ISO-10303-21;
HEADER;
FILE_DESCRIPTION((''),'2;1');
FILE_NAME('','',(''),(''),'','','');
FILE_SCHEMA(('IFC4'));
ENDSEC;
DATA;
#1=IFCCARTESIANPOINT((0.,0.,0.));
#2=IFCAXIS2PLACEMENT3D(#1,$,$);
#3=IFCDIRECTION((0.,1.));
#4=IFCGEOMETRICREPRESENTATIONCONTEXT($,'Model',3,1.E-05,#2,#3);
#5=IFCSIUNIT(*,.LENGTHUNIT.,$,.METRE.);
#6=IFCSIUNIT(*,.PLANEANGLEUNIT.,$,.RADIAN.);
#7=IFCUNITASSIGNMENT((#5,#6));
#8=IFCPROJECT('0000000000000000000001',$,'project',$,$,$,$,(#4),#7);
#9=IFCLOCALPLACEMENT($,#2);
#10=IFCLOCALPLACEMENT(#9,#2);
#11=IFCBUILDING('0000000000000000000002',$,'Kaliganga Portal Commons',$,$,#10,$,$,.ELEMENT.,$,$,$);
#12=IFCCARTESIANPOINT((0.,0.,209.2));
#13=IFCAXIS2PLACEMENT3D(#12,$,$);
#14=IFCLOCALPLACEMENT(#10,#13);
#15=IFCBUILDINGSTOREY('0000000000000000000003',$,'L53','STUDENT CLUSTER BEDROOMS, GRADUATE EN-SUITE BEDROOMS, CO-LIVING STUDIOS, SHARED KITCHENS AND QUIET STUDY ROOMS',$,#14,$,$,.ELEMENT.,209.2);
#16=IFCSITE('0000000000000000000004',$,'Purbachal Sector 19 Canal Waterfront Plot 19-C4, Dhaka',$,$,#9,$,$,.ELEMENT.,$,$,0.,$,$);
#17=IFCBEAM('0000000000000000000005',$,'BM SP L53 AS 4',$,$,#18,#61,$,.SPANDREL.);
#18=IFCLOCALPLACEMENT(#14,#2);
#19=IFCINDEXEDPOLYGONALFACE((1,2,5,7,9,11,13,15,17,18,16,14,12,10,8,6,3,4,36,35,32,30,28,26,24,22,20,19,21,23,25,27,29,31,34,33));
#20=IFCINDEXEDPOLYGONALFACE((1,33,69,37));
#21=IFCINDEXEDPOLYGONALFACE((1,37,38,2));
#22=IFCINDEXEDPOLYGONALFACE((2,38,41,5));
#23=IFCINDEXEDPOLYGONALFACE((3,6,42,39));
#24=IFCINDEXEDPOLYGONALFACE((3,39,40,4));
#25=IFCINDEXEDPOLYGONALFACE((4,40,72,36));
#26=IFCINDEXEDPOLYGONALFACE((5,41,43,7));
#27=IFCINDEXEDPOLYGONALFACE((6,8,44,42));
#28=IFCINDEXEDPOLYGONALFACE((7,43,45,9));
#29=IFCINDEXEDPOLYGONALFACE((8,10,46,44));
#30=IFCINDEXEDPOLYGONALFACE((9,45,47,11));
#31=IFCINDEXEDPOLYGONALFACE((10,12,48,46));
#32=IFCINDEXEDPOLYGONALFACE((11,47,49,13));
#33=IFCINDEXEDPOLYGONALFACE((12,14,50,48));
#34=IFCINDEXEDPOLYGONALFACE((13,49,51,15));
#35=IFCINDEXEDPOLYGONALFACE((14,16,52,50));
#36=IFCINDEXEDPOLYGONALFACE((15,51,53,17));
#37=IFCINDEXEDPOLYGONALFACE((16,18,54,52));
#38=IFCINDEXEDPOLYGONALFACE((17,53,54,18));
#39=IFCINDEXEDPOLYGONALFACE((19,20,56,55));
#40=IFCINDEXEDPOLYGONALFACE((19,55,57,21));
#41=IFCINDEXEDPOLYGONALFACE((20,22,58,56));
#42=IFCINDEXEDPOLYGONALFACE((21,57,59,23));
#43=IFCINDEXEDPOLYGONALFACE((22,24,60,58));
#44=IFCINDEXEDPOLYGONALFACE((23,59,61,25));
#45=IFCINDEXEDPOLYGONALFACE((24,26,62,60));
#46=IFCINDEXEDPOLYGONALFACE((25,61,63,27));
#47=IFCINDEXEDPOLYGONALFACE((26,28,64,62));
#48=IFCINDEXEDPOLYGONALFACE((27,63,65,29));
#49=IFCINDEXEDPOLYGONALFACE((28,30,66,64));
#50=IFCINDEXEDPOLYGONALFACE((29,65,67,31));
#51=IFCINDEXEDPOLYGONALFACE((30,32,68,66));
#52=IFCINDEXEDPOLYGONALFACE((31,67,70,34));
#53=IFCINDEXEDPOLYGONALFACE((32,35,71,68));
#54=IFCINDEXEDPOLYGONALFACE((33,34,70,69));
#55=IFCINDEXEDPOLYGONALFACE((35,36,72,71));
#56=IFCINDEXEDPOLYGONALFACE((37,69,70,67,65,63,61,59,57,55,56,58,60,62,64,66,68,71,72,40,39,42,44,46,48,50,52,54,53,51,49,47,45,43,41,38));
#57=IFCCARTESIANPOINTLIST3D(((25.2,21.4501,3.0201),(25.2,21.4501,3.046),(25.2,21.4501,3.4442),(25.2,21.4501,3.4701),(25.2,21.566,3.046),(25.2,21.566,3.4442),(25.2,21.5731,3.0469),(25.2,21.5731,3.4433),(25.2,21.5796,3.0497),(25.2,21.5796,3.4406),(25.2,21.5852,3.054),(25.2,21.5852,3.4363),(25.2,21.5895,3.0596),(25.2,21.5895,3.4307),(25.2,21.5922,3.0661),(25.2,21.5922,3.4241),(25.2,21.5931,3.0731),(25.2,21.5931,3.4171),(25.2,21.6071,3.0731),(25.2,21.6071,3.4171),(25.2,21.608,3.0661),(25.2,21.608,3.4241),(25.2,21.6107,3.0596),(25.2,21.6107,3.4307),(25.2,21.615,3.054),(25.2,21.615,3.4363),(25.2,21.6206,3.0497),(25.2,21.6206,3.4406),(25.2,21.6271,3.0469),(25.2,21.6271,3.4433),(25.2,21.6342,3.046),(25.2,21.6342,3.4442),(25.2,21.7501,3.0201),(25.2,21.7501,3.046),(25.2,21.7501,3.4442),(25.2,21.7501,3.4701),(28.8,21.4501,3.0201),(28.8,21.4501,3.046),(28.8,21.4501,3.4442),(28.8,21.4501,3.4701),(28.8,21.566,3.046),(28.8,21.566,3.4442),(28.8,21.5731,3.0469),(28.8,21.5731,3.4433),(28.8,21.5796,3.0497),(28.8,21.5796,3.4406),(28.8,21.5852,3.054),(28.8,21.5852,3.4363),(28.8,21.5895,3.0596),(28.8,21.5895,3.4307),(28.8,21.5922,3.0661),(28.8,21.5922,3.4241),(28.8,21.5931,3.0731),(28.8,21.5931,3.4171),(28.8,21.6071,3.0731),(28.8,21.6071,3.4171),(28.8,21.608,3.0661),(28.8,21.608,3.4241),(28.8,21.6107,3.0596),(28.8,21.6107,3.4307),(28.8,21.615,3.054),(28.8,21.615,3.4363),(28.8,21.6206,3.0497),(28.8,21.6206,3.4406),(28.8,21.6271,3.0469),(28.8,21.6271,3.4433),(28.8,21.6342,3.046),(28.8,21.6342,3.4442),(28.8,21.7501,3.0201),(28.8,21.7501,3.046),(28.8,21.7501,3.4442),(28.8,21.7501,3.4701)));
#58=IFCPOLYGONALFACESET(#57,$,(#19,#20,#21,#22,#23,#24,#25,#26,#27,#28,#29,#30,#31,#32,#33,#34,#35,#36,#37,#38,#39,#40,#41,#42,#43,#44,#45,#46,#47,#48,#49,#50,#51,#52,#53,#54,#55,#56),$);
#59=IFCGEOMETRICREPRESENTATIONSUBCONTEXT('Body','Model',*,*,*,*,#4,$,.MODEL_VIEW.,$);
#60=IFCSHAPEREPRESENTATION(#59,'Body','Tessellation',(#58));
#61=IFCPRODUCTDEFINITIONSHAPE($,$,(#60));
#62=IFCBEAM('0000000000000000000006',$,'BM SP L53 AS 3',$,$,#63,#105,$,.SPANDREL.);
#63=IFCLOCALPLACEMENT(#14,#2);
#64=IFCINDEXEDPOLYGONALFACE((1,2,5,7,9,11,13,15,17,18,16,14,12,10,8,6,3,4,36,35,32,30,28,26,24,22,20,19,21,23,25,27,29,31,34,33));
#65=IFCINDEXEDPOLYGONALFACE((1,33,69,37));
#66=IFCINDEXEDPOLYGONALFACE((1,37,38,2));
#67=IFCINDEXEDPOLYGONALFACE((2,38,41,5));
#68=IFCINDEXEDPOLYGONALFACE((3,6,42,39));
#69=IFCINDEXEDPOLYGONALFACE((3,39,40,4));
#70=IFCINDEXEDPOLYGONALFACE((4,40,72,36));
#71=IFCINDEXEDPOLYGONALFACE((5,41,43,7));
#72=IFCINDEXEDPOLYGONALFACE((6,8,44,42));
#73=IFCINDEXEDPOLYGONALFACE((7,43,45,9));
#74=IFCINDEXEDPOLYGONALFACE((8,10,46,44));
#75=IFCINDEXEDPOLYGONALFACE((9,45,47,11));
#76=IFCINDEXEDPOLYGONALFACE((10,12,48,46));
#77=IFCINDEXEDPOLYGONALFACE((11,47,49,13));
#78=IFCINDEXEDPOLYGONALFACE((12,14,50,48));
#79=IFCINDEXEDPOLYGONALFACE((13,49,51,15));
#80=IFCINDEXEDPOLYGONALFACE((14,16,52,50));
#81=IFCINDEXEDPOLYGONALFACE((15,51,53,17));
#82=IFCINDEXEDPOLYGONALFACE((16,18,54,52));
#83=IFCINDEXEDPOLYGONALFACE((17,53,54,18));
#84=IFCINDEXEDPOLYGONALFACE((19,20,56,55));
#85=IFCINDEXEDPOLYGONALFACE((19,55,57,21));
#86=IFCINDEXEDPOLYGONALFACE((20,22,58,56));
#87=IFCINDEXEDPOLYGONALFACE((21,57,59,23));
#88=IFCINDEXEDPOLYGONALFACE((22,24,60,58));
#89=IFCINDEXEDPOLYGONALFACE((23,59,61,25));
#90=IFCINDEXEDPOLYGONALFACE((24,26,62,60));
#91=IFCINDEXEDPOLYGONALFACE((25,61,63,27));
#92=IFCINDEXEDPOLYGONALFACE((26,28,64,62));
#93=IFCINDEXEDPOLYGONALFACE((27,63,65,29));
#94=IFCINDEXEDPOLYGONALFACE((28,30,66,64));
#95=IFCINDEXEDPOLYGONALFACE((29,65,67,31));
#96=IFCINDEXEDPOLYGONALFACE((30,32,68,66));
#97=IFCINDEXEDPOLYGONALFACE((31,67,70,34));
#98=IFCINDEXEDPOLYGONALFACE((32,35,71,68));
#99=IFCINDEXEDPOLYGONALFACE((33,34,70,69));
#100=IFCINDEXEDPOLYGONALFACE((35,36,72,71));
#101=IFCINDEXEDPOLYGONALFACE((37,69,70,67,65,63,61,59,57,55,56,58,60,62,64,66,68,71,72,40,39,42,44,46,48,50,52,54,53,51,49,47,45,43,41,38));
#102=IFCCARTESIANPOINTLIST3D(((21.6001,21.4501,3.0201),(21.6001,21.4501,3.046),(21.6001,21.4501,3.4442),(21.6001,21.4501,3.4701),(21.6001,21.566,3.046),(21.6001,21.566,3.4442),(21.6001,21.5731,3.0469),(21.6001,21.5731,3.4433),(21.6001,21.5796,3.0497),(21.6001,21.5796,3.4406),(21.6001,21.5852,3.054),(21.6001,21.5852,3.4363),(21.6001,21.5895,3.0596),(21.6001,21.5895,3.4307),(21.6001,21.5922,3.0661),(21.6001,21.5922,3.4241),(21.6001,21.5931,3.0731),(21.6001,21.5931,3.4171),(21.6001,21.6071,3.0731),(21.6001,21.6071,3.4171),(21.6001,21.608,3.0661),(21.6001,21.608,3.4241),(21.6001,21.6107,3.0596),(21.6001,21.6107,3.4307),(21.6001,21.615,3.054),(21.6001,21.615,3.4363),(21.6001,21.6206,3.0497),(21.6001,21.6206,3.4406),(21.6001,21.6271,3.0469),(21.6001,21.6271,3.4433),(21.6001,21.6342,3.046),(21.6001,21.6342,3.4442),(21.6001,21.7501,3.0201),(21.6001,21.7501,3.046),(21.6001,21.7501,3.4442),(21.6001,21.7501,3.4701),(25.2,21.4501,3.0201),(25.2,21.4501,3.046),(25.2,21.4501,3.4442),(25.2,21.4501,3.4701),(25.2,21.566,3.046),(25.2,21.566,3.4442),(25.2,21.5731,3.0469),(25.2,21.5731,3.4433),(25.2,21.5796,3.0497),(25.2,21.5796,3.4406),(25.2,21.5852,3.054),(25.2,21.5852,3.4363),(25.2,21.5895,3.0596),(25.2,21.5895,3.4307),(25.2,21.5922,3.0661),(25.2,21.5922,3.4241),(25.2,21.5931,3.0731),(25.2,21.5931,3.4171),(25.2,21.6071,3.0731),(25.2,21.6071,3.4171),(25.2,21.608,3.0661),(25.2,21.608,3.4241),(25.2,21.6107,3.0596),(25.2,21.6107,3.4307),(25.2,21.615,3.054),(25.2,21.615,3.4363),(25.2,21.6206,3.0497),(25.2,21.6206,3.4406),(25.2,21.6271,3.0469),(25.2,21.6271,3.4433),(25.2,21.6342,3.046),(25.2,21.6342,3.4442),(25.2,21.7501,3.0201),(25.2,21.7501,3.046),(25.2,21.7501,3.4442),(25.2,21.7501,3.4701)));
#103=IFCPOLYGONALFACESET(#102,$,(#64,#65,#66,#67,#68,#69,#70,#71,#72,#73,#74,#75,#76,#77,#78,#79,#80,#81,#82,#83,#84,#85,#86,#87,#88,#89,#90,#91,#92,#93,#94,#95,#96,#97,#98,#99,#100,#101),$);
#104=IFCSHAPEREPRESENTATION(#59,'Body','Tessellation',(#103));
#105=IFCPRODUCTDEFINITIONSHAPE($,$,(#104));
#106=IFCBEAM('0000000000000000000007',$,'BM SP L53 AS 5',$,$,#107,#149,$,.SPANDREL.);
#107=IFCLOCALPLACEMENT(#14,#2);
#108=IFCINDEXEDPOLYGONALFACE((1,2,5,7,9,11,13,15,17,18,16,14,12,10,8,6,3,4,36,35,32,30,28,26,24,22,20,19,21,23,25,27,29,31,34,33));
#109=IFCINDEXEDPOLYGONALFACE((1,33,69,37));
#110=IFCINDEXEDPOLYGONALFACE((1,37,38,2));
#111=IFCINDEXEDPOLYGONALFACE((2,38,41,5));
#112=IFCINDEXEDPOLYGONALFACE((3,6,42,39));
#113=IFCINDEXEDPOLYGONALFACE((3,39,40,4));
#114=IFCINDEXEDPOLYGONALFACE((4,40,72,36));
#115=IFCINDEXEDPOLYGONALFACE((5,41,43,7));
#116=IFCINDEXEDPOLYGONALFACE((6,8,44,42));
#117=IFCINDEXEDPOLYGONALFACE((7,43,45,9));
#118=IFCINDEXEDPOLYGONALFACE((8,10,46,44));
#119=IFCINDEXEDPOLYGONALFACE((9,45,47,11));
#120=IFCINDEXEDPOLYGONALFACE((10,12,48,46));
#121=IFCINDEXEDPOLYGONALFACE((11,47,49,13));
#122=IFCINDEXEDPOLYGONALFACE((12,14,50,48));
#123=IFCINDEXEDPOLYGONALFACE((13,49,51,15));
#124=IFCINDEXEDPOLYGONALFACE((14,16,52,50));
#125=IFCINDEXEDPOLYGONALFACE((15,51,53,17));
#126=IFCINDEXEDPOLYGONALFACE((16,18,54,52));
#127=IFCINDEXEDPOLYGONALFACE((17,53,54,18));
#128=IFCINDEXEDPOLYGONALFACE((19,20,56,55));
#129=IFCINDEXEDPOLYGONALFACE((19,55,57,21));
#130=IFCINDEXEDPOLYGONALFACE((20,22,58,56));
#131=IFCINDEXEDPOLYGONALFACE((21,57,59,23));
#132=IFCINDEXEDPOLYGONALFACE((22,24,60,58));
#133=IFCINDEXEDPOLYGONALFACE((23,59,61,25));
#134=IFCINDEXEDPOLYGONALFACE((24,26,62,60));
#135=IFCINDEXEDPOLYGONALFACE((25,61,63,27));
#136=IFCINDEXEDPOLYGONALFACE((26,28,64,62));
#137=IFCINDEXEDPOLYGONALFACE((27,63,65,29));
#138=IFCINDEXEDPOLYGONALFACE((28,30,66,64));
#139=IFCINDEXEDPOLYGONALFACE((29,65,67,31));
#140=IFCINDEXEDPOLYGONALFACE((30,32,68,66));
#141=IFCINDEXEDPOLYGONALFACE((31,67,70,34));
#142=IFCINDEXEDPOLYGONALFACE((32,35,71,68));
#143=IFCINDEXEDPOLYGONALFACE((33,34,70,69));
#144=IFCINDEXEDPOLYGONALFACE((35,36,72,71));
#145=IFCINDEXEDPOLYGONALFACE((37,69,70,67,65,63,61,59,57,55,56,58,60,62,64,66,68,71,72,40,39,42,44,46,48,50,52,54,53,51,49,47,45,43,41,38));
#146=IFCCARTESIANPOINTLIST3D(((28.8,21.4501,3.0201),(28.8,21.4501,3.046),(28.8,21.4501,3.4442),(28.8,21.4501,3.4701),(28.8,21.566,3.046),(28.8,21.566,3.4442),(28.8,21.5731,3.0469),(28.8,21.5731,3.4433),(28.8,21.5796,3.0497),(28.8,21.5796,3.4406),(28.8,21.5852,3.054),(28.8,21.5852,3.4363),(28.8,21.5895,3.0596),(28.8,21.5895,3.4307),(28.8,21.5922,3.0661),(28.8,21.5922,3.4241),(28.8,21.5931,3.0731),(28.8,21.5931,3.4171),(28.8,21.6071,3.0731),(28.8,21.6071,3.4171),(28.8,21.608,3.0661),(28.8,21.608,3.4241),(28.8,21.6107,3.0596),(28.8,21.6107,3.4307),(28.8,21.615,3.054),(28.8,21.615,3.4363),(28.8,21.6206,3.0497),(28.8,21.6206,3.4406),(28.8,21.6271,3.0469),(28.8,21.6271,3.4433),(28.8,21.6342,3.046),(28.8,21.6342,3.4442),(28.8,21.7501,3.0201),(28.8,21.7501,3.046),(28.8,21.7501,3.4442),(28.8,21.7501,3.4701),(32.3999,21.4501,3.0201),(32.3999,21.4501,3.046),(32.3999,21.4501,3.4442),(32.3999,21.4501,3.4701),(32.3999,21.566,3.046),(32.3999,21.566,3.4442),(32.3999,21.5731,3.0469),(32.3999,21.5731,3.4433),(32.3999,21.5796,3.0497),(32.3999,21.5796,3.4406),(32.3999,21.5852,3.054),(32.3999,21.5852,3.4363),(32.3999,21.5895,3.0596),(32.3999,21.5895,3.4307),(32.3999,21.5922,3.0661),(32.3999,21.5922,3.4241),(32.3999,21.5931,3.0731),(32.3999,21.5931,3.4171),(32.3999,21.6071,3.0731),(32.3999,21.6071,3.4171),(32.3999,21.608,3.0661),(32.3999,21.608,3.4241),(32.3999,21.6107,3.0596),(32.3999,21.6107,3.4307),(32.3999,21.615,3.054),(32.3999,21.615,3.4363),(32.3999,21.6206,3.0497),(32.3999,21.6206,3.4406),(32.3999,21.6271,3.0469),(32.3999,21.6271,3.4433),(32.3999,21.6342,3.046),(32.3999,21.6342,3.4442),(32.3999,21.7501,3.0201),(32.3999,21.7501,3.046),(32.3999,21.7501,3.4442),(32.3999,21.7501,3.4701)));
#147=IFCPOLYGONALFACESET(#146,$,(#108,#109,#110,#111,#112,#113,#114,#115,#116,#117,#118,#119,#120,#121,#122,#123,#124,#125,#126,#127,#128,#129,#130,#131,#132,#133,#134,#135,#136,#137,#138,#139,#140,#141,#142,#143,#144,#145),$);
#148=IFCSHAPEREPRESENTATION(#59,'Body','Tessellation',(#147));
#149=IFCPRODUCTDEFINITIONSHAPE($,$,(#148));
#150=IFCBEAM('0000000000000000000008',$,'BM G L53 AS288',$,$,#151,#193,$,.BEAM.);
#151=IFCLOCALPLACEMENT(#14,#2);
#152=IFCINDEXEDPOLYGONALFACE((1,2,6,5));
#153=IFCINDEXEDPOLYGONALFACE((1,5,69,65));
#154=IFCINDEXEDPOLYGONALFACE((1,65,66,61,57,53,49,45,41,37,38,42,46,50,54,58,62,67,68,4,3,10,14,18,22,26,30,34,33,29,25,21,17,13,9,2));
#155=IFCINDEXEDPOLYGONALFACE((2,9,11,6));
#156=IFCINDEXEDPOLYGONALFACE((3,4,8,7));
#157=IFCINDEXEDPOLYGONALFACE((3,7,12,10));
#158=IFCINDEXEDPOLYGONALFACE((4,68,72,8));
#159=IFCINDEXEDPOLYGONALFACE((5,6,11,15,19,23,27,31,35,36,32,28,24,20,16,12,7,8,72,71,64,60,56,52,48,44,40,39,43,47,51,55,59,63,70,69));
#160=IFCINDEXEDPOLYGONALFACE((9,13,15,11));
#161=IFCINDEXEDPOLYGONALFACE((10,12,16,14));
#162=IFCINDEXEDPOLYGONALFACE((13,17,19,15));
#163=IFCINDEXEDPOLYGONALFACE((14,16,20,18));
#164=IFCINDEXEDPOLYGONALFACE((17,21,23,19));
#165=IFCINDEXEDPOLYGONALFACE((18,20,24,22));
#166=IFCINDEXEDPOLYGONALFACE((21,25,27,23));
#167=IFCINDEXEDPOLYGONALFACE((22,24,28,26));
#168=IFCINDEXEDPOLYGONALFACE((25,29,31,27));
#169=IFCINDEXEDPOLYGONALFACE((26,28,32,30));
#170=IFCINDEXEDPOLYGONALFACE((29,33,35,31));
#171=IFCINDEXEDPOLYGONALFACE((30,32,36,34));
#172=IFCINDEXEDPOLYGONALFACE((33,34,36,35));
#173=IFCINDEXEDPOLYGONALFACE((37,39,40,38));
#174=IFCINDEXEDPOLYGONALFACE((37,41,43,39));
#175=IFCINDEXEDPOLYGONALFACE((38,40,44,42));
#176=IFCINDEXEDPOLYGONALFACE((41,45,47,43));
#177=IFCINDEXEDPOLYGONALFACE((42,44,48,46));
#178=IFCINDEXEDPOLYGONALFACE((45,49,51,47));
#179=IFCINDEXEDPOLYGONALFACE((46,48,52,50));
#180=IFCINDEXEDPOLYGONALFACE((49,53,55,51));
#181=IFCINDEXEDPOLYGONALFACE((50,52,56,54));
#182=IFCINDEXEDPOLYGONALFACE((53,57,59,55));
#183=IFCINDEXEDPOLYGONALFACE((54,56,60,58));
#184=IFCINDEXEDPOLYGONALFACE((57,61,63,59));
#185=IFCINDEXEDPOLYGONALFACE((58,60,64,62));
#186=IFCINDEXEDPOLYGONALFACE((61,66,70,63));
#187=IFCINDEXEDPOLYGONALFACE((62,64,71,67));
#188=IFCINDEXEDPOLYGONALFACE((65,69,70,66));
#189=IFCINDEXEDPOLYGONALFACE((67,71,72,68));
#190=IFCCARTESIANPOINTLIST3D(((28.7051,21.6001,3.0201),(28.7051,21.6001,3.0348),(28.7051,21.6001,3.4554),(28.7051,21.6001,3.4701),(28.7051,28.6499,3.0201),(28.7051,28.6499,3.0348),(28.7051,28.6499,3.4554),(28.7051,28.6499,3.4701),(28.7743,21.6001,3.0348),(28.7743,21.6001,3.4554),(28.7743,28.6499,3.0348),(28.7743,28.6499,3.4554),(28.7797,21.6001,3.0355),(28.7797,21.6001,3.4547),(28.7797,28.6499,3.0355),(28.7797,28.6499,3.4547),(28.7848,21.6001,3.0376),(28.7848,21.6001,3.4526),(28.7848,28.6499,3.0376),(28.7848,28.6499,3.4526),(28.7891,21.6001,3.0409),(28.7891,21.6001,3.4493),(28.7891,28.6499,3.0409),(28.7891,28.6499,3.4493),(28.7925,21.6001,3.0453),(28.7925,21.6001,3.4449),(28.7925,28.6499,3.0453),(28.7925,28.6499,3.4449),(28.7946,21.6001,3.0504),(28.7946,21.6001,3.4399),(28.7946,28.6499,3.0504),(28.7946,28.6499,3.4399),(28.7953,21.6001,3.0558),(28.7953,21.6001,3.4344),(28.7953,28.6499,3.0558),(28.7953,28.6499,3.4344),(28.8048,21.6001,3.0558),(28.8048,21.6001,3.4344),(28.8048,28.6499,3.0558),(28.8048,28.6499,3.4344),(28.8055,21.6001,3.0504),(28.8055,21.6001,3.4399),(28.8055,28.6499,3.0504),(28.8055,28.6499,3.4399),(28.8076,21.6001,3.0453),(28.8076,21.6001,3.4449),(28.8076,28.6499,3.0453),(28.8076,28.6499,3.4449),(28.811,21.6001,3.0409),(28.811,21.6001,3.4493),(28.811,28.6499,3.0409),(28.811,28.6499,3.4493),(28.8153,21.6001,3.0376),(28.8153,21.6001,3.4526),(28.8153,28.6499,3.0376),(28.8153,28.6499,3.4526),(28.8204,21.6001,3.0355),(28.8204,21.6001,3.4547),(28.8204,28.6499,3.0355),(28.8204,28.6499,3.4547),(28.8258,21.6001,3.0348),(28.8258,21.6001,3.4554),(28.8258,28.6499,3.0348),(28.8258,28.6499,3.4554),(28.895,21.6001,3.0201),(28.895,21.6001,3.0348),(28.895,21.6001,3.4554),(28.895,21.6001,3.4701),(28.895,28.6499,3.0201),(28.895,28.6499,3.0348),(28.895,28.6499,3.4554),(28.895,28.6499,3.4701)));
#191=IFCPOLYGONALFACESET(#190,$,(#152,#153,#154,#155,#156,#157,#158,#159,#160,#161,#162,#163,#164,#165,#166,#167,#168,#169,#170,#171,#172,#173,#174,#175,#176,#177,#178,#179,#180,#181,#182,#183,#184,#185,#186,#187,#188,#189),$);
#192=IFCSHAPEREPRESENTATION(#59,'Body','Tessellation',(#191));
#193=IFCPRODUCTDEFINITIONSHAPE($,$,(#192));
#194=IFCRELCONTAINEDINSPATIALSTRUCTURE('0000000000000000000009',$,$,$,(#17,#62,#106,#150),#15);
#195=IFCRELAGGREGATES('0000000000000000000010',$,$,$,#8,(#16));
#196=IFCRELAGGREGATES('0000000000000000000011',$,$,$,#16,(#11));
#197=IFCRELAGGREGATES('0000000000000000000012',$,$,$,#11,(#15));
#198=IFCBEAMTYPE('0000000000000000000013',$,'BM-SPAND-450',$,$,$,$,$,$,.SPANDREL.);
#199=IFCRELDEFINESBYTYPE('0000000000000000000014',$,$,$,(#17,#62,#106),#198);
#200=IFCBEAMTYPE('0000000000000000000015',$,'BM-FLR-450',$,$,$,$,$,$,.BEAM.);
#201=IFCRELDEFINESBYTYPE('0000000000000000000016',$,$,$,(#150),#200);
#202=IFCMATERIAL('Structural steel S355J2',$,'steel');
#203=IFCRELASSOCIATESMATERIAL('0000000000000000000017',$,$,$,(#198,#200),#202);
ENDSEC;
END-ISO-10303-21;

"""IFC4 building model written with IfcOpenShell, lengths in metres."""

from ifc_helpers import new_model, si_unit, direction, frame, origin, origin_2d, place, context, subcontext, project, spatial, i_section, extrude, source, transform, mapped, material, material_profile, profile_set, type_object, element, save


model = new_model("IFC4")

# Units and contexts
model_context = context("Model", 3, precision=1e-05, world=origin(), true_north=direction((0.0, 1.0)))
body_context = subcontext(model_context, "Body", "Model", "MODEL_VIEW")
ifc_project = project(units=[si_unit("LENGTHUNIT", "METRE"), si_unit("PLANEANGLEUNIT", "RADIAN")], contexts=[model_context])

# Site, building, storey
site_placement = place(None, origin())
site = spatial("IfcSite", under=ifc_project, at=site_placement, Name="Purbachal Sector 19 Canal Waterfront Plot 19-C4, Dhaka", CompositionType="ELEMENT", RefElevation=0.0)
building_placement = place(site_placement, origin())
building = spatial("IfcBuilding", under=site, at=building_placement, Name="Kaliganga Portal Commons", CompositionType="ELEMENT")
storey_placement = place(building_placement, frame((0.0, 0.0, 209.2)))
storey = spatial("IfcBuildingStorey", under=building, at=storey_placement, Name="L53", Description="STUDENT CLUSTER BEDROOMS, GRADUATE EN-SUITE BEDROOMS, CO-LIVING STUDIOS, SHARED KITCHENS AND QUIET STUDY ROOMS", CompositionType="ELEMENT", Elevation=209.2)

# Shared definitions
ifc_material_1 = material(Name="Structural steel S355J2", Category="steel")

# Beams
ifc_material_profile_1 = material_profile(ifc_material_1, i_section(OverallWidth=0.3, OverallDepth=0.45, WebThickness=0.0139, FlangeThickness=0.0259, FilletRadius=0.0271, at=origin_2d()), Name="HE 450 B")
ifc_profile_set_1 = profile_set([ifc_material_profile_1], Name="Structural steel S355J2 wide-flange")
beam_type_1 = type_object("IfcBeamType", Name="BM-SPAND-450", PredefinedType="SPANDREL", material=ifc_profile_set_1)
shared_shape_1 = source(origin(), body_context, "Body", "SweptSolid", [
    extrude(i_section(OverallWidth=0.3, OverallDepth=0.45, WebThickness=0.0139, FlangeThickness=0.0259, FilletRadius=0.0271, at=origin_2d()), origin(), (0.0, 0.0, 1.0), 3.6001),
])
for number, where, z_axis, x_axis, name in (
    (1, (25.2, 21.6001, 3.2451), (1.0, 0.0, 0.0), (0.0, 1.0, 0.0), "BM SP L53 AS 4"),
):
    element("IfcBeam", number, at=place(storey_placement, frame(where, z_axis=z_axis, x_axis=x_axis)), inside=storey, type_object=beam_type_1, Name=name, PredefinedType="SPANDREL", context=body_context, shape_type="MappedRepresentation", body=[
        mapped(shared_shape_1, transform((0.0, 0.0, 0.0), x_axis=(1.0, 0.0, 0.0), y_axis=(0.0, 1.0, 0.0), z_axis=(0.0, 0.0, 1.0), scale=1.0)),
    ])
shared_shape_2 = source(origin(), body_context, "Body", "SweptSolid", [
    extrude(i_section(OverallWidth=0.3, OverallDepth=0.45, WebThickness=0.0139, FlangeThickness=0.0259, FilletRadius=0.0271, at=origin_2d()), origin(), (0.0, 0.0, 1.0), 3.5999),
])
for number, where, z_axis, x_axis, name in (
    (2, (21.6001, 21.6001, 3.2451), (1.0, 0.0, 0.0), (0.0, 1.0, 0.0), "BM SP L53 AS 3"),
    (3, (28.8, 21.6001, 3.2451), (1.0, 0.0, 0.0), (0.0, 1.0, 0.0), "BM SP L53 AS 5"),
):
    element("IfcBeam", number, at=place(storey_placement, frame(where, z_axis=z_axis, x_axis=x_axis)), inside=storey, type_object=beam_type_1, Name=name, PredefinedType="SPANDREL", context=body_context, shape_type="MappedRepresentation", body=[
        mapped(shared_shape_2, transform((0.0, 0.0, 0.0), x_axis=(1.0, 0.0, 0.0), y_axis=(0.0, 1.0, 0.0), z_axis=(0.0, 0.0, 1.0), scale=1.0)),
    ])
ifc_material_profile_2 = material_profile(ifc_material_1, i_section(OverallWidth=0.1899, OverallDepth=0.45, WebThickness=0.0095, FlangeThickness=0.0146, FilletRadius=0.021, at=origin_2d()), Name="IPE 450")
ifc_profile_set_2 = profile_set([ifc_material_profile_2], Name="Structural steel S355J2 wide-flange")
beam_type_2 = type_object("IfcBeamType", Name="BM-FLR-450", PredefinedType="BEAM", material=ifc_profile_set_2)
shared_shape_3 = source(origin(), body_context, "Body", "SweptSolid", [
    extrude(i_section(OverallWidth=0.1899, OverallDepth=0.45, WebThickness=0.0095, FlangeThickness=0.0146, FilletRadius=0.021, at=origin_2d()), origin(), (0.0, 0.0, 1.0), 7.0498),
])
beam_1_placement = place(storey_placement, frame((28.8, 21.6001, 3.2451), z_axis=(0.0, 1.0, 0.0), x_axis=(-1.0, 0.0, 0.0)))
element("IfcBeam", 4, at=beam_1_placement, inside=storey, type_object=beam_type_2, Name="BM G L53 AS288", PredefinedType="BEAM", context=body_context, shape_type="MappedRepresentation", body=[
    mapped(shared_shape_3, transform((0.0, 0.0, 0.0), x_axis=(1.0, 0.0, 0.0), y_axis=(0.0, 1.0, 0.0), z_axis=(0.0, 0.0, 1.0), scale=1.0)),
])

save(model, "model.ifc")
